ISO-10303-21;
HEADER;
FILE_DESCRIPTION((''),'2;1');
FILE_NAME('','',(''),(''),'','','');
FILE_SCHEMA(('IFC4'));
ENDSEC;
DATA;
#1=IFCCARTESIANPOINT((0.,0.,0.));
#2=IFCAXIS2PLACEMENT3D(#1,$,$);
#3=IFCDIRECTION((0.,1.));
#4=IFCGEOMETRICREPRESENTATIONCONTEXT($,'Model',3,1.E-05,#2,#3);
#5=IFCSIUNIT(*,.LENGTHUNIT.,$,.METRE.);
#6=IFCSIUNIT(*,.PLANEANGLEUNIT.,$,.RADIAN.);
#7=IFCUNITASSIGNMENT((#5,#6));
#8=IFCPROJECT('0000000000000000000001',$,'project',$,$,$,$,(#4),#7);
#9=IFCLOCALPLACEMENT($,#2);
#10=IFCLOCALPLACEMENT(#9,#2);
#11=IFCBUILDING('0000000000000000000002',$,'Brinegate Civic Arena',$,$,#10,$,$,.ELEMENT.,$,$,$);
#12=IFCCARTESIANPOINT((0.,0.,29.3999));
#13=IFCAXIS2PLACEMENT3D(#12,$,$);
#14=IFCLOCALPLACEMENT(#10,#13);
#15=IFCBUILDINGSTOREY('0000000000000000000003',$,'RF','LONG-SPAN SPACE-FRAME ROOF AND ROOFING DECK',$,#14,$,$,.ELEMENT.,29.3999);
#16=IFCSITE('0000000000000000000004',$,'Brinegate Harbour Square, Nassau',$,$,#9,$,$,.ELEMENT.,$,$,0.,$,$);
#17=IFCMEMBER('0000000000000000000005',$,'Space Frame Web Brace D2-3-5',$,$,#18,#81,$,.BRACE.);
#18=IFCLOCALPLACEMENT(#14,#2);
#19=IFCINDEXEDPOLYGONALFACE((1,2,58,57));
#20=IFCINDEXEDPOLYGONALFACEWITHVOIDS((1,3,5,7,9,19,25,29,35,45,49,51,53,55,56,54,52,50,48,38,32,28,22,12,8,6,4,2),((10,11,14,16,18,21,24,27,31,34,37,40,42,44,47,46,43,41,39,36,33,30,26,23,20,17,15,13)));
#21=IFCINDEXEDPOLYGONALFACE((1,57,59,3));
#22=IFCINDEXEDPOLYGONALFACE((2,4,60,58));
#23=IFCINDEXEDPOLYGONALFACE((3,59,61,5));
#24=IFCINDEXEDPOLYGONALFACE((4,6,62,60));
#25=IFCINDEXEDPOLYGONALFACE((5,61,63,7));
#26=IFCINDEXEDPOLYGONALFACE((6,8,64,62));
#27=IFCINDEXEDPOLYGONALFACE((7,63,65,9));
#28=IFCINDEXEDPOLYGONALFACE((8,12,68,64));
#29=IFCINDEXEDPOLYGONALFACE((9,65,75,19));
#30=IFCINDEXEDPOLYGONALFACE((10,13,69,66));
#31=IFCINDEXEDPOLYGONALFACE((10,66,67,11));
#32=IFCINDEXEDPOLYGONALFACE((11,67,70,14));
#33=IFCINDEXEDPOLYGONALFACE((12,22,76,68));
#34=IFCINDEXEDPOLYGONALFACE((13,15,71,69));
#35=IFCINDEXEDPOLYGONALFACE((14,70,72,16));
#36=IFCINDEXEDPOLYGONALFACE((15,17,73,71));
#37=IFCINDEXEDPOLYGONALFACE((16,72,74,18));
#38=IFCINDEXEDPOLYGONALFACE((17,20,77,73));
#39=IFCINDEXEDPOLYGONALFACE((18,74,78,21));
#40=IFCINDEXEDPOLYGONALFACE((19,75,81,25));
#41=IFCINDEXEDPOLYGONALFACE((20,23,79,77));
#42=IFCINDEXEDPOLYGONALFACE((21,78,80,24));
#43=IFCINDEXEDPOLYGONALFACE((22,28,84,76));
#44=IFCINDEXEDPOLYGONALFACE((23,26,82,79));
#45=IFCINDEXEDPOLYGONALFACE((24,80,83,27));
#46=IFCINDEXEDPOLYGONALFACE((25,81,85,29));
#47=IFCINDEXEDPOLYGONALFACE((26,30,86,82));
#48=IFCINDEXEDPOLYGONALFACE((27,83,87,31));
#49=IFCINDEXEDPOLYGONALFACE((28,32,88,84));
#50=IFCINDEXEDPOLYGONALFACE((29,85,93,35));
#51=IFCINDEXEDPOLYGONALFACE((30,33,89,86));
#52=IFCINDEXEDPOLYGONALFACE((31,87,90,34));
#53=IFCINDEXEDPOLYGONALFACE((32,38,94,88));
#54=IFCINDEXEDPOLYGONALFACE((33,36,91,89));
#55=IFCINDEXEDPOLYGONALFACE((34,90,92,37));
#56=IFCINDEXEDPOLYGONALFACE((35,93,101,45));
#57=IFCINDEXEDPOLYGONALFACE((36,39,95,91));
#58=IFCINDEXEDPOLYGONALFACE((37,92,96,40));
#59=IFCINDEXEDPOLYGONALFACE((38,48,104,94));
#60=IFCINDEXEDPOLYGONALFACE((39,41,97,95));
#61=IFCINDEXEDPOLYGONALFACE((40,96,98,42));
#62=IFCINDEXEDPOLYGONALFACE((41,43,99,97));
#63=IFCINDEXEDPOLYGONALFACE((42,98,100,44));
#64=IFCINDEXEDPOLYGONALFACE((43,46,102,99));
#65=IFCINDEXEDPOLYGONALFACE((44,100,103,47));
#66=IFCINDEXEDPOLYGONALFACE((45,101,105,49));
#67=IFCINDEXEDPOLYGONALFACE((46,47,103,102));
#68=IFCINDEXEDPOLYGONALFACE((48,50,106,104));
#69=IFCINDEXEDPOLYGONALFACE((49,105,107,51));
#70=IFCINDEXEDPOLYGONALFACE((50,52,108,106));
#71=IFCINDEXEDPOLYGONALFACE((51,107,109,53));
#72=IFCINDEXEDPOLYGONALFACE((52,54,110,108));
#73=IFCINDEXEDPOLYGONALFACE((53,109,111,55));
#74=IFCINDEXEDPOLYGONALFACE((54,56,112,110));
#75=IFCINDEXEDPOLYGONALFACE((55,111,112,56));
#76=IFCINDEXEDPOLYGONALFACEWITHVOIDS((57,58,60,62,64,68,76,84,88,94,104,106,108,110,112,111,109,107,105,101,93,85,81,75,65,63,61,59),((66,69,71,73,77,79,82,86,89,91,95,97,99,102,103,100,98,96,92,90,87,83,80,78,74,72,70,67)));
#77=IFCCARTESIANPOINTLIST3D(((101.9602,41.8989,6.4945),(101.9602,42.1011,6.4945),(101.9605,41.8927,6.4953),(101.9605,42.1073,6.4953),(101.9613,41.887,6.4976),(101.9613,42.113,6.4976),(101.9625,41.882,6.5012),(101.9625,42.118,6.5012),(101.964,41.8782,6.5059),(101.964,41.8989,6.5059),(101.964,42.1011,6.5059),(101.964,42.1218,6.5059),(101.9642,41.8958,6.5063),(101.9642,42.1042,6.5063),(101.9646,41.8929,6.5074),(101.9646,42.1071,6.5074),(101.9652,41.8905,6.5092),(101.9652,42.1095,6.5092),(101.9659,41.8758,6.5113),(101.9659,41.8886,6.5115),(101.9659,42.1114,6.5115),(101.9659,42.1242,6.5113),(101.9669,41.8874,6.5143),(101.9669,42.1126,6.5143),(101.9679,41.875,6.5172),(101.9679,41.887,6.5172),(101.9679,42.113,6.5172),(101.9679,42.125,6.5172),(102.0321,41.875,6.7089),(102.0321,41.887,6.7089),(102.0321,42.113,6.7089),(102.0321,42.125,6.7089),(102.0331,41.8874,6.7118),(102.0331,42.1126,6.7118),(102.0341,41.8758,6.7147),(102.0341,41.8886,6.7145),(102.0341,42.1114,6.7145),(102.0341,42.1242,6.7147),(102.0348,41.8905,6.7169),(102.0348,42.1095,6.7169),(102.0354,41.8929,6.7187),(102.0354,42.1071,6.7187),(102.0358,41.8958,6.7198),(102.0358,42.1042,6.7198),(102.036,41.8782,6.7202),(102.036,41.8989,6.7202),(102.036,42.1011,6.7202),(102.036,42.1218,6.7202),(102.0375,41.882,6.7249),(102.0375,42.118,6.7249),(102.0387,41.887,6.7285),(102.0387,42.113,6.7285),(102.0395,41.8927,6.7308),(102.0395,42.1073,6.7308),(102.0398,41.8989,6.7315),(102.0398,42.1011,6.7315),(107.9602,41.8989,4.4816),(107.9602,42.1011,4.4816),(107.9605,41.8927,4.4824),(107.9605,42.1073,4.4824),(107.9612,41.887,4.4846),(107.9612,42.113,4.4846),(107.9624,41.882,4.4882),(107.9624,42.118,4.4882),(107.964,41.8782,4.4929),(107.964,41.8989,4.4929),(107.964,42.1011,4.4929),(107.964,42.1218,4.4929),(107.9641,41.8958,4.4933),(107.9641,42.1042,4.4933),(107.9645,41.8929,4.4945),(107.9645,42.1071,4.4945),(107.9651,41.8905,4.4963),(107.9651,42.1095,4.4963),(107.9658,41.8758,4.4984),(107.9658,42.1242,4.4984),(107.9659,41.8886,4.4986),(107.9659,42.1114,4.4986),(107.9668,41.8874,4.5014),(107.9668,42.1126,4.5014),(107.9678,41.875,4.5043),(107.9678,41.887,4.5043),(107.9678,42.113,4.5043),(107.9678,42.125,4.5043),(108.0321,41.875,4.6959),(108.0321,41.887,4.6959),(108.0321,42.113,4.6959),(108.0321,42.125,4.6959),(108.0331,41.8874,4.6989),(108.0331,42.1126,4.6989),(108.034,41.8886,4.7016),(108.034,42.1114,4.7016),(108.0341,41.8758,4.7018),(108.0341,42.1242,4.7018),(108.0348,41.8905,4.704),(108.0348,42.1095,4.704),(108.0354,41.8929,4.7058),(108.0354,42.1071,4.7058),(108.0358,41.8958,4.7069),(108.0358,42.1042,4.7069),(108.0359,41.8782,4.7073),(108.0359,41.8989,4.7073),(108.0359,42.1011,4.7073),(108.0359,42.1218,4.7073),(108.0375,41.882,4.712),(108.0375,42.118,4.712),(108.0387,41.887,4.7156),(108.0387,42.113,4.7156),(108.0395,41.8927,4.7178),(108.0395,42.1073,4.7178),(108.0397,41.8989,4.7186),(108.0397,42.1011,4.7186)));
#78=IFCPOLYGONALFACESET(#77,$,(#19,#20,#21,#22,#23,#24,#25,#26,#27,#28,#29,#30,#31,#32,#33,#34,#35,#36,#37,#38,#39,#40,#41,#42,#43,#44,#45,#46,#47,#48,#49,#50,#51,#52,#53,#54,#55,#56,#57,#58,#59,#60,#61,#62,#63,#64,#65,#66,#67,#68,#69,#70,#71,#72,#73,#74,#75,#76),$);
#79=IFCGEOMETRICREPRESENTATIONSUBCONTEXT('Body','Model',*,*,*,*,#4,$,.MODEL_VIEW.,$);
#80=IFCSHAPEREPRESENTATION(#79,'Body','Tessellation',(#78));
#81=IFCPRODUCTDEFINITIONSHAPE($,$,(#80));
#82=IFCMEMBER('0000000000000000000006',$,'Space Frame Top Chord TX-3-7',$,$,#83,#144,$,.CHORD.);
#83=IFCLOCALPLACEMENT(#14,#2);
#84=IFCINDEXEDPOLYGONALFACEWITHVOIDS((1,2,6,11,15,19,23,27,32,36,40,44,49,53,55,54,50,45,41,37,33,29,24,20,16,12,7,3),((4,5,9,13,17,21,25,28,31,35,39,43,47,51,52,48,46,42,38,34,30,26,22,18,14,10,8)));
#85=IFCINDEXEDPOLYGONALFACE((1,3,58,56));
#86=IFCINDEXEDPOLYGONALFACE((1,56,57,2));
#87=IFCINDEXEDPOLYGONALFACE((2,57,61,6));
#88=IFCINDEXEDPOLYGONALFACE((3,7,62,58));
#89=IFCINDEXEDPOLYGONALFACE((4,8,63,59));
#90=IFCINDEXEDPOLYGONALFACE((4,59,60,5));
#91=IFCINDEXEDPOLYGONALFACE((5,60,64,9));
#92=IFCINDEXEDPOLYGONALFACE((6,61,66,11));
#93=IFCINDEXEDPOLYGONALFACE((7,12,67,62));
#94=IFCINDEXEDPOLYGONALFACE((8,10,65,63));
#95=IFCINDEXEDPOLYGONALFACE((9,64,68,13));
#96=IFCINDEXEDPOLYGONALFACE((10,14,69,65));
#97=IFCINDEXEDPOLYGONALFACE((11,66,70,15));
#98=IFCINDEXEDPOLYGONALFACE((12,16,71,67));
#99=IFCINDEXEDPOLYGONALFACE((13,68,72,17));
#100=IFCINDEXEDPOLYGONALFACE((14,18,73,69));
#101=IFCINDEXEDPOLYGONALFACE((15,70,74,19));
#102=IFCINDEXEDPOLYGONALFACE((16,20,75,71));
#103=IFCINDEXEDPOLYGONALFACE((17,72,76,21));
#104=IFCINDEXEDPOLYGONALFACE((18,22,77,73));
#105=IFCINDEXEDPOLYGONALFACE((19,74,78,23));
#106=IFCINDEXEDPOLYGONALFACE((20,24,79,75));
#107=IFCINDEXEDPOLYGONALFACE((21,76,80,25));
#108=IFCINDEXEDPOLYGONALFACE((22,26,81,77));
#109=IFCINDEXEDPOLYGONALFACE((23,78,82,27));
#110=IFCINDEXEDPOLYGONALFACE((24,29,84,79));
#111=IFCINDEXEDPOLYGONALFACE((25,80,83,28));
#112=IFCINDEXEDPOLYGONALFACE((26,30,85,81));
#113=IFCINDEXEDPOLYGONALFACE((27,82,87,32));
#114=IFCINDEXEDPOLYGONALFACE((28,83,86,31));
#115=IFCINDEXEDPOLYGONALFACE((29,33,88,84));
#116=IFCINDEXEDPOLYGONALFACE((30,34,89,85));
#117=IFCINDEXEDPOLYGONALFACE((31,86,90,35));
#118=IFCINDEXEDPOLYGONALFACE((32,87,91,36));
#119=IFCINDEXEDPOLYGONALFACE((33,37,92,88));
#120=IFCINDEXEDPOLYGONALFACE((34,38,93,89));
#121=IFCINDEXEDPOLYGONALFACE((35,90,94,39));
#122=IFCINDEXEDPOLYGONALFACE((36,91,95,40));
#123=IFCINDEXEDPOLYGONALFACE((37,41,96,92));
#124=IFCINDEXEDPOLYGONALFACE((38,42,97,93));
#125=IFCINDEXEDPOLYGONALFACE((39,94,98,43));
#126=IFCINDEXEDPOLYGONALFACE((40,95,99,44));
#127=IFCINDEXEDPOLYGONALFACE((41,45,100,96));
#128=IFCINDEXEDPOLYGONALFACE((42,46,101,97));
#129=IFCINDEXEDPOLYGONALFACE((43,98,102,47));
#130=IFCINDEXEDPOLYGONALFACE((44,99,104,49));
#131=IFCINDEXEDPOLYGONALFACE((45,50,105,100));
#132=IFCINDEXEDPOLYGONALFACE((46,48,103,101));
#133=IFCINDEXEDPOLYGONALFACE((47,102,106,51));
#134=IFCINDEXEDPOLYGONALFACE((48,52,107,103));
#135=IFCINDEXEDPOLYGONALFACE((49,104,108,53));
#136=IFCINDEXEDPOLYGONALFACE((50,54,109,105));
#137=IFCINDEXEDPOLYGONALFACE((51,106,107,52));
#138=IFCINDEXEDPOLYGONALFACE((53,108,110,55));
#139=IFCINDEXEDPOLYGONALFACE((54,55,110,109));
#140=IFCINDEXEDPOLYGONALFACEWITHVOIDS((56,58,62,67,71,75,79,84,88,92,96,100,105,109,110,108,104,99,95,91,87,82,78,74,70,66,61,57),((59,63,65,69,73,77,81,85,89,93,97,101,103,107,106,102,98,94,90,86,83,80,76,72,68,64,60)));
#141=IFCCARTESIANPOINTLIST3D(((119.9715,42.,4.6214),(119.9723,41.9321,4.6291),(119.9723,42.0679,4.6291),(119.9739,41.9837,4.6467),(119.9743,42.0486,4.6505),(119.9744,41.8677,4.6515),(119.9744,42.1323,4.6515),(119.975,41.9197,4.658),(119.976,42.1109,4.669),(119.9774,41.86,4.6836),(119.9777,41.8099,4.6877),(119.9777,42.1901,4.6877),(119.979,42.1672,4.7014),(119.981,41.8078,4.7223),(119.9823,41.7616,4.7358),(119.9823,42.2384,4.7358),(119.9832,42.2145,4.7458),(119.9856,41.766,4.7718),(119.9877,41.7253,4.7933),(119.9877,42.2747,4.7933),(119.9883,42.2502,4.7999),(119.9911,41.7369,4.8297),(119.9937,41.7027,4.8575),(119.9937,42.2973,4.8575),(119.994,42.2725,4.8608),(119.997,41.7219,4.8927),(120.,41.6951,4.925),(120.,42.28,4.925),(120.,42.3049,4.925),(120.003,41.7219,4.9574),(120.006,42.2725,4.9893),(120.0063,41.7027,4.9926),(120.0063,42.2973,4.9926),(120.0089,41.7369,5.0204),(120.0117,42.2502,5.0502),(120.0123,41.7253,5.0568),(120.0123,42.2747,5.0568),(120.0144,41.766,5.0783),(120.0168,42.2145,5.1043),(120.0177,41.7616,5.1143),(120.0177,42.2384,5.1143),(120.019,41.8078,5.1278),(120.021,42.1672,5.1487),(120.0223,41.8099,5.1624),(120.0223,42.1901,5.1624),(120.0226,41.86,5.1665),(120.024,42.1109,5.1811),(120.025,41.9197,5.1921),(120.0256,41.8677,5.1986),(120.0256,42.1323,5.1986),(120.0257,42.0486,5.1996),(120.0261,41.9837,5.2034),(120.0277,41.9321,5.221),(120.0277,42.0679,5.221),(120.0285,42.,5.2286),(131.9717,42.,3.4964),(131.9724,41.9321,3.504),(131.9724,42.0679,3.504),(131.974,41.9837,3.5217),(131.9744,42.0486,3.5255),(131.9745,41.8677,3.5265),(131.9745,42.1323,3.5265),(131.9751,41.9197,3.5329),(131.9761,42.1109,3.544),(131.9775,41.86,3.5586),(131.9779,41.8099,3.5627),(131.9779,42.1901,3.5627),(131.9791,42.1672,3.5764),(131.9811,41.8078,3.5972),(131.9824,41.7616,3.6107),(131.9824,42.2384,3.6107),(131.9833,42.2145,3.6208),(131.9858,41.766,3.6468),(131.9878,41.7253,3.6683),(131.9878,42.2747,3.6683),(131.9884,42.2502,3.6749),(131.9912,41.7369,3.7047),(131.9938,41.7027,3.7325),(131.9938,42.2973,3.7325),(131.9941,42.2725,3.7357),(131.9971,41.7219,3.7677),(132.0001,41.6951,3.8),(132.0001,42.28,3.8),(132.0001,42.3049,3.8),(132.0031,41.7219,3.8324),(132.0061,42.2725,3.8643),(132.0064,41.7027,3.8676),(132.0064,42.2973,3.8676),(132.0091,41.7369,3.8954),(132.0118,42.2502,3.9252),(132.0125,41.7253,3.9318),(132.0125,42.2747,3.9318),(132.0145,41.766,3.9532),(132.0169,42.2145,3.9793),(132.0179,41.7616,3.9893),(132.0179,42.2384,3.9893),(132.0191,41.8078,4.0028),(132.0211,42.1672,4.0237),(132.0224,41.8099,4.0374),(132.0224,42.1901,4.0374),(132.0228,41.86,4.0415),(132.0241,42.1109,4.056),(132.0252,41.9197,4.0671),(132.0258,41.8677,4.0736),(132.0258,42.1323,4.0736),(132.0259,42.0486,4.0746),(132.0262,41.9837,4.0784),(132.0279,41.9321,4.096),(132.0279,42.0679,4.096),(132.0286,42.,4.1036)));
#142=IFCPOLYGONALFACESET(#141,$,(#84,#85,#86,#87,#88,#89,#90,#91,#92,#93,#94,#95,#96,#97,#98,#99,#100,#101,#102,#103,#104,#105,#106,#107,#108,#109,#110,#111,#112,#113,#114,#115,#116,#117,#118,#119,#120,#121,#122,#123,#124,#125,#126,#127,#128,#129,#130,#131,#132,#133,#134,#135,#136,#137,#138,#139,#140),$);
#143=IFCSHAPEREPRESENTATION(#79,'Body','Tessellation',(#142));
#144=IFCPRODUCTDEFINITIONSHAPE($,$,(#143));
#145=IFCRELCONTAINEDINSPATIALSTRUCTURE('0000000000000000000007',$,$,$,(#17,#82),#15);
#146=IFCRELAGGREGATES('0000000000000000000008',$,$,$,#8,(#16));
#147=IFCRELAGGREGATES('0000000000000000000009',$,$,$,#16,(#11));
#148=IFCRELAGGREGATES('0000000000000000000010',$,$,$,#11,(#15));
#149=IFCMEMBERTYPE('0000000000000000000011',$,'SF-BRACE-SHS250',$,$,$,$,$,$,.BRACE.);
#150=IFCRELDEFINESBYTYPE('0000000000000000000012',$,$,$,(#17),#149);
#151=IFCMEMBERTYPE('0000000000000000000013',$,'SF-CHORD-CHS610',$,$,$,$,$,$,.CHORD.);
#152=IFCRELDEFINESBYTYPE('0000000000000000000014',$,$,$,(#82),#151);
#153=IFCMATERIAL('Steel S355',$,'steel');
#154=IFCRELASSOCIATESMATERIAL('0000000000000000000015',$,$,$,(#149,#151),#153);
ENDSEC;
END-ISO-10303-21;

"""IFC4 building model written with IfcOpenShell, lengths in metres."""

from ifc_helpers import new_model, si_unit, direction, frame, origin, origin_2d, place, context, subcontext, project, spatial, hollow_rectangle, hollow_circle, extrude, material, material_profile, profile_set, type_object, element, save


model = new_model("IFC4")

# Units and contexts
model_context = context("Model", 3, precision=1e-05, world=origin(), true_north=direction((0.0, 1.0)))
body_context = subcontext(model_context, "Body", "Model", "MODEL_VIEW")
ifc_project = project(units=[si_unit("LENGTHUNIT", "METRE"), si_unit("PLANEANGLEUNIT", "RADIAN")], contexts=[model_context])

# Site, building, storey
site_placement = place(None, origin())
site = spatial("IfcSite", under=ifc_project, at=site_placement, Name="Brinegate Harbour Square, Nassau", CompositionType="ELEMENT", RefElevation=0.0)
building_placement = place(site_placement, origin())
building = spatial("IfcBuilding", under=site, at=building_placement, Name="Brinegate Civic Arena", CompositionType="ELEMENT")
storey_placement = place(building_placement, frame((0.0, 0.0, 29.3999)))
storey = spatial("IfcBuildingStorey", under=building, at=storey_placement, Name="RF", Description="LONG-SPAN SPACE-FRAME ROOF AND ROOFING DECK", CompositionType="ELEMENT", Elevation=29.3999)

# Members
ifc_material = material(Name="Steel S355", Category="steel")
ifc_material_profile_1 = material_profile(ifc_material, hollow_rectangle(XDim=0.25, YDim=0.25, WallThickness=0.012, InnerFilletRadius=0.012, OuterFilletRadius=0.0239, at=origin_2d()), Name="SHS250X12")
ifc_profile_set_1 = profile_set([ifc_material_profile_1], Name="Steel S355")
member_type_1 = type_object("IfcMemberType", Name="SF-BRACE-SHS250", PredefinedType="BRACE", material=ifc_profile_set_1)
member_1_placement = place(storey_placement, frame((102.0, 42.0, 6.613), z_axis=(0.948068, 0.0, -0.318067), x_axis=(0.0, 1.0, 0.0)))
element("IfcMember", 1, at=member_1_placement, inside=storey, type_object=member_type_1, Name="Space Frame Web Brace D2-3-5", PredefinedType="BRACE", context=body_context, shape_type="SweptSolid", body=[
    extrude(hollow_rectangle(XDim=0.25, YDim=0.25, WallThickness=0.012, InnerFilletRadius=0.012, OuterFilletRadius=0.0239, at=origin_2d()), origin(), (0.0, 0.0, 1.0), 6.3286),
])
ifc_material_profile_2 = material_profile(ifc_material, hollow_circle(Radius=0.3049, WallThickness=0.0249, at=origin_2d()), Name="CHS610X25")
ifc_profile_set_2 = profile_set([ifc_material_profile_2], Name="Steel S355")
member_type_2 = type_object("IfcMemberType", Name="SF-CHORD-CHS610", PredefinedType="CHORD", material=ifc_profile_set_2)
member_2_placement = place(storey_placement, frame((120.0, 42.0, 4.925), z_axis=(0.995634, 0.0, -0.093341), x_axis=(0.0, 1.0, 0.0)))
element("IfcMember", 2, at=member_2_placement, inside=storey, type_object=member_type_2, Name="Space Frame Top Chord TX-3-7", PredefinedType="CHORD", context=body_context, shape_type="SweptSolid", body=[
    extrude(hollow_circle(Radius=0.3049, WallThickness=0.0249, at=origin_2d()), origin(), (0.0, 0.0, 1.0), 12.0527),
])

save(model, "model.ifc")
